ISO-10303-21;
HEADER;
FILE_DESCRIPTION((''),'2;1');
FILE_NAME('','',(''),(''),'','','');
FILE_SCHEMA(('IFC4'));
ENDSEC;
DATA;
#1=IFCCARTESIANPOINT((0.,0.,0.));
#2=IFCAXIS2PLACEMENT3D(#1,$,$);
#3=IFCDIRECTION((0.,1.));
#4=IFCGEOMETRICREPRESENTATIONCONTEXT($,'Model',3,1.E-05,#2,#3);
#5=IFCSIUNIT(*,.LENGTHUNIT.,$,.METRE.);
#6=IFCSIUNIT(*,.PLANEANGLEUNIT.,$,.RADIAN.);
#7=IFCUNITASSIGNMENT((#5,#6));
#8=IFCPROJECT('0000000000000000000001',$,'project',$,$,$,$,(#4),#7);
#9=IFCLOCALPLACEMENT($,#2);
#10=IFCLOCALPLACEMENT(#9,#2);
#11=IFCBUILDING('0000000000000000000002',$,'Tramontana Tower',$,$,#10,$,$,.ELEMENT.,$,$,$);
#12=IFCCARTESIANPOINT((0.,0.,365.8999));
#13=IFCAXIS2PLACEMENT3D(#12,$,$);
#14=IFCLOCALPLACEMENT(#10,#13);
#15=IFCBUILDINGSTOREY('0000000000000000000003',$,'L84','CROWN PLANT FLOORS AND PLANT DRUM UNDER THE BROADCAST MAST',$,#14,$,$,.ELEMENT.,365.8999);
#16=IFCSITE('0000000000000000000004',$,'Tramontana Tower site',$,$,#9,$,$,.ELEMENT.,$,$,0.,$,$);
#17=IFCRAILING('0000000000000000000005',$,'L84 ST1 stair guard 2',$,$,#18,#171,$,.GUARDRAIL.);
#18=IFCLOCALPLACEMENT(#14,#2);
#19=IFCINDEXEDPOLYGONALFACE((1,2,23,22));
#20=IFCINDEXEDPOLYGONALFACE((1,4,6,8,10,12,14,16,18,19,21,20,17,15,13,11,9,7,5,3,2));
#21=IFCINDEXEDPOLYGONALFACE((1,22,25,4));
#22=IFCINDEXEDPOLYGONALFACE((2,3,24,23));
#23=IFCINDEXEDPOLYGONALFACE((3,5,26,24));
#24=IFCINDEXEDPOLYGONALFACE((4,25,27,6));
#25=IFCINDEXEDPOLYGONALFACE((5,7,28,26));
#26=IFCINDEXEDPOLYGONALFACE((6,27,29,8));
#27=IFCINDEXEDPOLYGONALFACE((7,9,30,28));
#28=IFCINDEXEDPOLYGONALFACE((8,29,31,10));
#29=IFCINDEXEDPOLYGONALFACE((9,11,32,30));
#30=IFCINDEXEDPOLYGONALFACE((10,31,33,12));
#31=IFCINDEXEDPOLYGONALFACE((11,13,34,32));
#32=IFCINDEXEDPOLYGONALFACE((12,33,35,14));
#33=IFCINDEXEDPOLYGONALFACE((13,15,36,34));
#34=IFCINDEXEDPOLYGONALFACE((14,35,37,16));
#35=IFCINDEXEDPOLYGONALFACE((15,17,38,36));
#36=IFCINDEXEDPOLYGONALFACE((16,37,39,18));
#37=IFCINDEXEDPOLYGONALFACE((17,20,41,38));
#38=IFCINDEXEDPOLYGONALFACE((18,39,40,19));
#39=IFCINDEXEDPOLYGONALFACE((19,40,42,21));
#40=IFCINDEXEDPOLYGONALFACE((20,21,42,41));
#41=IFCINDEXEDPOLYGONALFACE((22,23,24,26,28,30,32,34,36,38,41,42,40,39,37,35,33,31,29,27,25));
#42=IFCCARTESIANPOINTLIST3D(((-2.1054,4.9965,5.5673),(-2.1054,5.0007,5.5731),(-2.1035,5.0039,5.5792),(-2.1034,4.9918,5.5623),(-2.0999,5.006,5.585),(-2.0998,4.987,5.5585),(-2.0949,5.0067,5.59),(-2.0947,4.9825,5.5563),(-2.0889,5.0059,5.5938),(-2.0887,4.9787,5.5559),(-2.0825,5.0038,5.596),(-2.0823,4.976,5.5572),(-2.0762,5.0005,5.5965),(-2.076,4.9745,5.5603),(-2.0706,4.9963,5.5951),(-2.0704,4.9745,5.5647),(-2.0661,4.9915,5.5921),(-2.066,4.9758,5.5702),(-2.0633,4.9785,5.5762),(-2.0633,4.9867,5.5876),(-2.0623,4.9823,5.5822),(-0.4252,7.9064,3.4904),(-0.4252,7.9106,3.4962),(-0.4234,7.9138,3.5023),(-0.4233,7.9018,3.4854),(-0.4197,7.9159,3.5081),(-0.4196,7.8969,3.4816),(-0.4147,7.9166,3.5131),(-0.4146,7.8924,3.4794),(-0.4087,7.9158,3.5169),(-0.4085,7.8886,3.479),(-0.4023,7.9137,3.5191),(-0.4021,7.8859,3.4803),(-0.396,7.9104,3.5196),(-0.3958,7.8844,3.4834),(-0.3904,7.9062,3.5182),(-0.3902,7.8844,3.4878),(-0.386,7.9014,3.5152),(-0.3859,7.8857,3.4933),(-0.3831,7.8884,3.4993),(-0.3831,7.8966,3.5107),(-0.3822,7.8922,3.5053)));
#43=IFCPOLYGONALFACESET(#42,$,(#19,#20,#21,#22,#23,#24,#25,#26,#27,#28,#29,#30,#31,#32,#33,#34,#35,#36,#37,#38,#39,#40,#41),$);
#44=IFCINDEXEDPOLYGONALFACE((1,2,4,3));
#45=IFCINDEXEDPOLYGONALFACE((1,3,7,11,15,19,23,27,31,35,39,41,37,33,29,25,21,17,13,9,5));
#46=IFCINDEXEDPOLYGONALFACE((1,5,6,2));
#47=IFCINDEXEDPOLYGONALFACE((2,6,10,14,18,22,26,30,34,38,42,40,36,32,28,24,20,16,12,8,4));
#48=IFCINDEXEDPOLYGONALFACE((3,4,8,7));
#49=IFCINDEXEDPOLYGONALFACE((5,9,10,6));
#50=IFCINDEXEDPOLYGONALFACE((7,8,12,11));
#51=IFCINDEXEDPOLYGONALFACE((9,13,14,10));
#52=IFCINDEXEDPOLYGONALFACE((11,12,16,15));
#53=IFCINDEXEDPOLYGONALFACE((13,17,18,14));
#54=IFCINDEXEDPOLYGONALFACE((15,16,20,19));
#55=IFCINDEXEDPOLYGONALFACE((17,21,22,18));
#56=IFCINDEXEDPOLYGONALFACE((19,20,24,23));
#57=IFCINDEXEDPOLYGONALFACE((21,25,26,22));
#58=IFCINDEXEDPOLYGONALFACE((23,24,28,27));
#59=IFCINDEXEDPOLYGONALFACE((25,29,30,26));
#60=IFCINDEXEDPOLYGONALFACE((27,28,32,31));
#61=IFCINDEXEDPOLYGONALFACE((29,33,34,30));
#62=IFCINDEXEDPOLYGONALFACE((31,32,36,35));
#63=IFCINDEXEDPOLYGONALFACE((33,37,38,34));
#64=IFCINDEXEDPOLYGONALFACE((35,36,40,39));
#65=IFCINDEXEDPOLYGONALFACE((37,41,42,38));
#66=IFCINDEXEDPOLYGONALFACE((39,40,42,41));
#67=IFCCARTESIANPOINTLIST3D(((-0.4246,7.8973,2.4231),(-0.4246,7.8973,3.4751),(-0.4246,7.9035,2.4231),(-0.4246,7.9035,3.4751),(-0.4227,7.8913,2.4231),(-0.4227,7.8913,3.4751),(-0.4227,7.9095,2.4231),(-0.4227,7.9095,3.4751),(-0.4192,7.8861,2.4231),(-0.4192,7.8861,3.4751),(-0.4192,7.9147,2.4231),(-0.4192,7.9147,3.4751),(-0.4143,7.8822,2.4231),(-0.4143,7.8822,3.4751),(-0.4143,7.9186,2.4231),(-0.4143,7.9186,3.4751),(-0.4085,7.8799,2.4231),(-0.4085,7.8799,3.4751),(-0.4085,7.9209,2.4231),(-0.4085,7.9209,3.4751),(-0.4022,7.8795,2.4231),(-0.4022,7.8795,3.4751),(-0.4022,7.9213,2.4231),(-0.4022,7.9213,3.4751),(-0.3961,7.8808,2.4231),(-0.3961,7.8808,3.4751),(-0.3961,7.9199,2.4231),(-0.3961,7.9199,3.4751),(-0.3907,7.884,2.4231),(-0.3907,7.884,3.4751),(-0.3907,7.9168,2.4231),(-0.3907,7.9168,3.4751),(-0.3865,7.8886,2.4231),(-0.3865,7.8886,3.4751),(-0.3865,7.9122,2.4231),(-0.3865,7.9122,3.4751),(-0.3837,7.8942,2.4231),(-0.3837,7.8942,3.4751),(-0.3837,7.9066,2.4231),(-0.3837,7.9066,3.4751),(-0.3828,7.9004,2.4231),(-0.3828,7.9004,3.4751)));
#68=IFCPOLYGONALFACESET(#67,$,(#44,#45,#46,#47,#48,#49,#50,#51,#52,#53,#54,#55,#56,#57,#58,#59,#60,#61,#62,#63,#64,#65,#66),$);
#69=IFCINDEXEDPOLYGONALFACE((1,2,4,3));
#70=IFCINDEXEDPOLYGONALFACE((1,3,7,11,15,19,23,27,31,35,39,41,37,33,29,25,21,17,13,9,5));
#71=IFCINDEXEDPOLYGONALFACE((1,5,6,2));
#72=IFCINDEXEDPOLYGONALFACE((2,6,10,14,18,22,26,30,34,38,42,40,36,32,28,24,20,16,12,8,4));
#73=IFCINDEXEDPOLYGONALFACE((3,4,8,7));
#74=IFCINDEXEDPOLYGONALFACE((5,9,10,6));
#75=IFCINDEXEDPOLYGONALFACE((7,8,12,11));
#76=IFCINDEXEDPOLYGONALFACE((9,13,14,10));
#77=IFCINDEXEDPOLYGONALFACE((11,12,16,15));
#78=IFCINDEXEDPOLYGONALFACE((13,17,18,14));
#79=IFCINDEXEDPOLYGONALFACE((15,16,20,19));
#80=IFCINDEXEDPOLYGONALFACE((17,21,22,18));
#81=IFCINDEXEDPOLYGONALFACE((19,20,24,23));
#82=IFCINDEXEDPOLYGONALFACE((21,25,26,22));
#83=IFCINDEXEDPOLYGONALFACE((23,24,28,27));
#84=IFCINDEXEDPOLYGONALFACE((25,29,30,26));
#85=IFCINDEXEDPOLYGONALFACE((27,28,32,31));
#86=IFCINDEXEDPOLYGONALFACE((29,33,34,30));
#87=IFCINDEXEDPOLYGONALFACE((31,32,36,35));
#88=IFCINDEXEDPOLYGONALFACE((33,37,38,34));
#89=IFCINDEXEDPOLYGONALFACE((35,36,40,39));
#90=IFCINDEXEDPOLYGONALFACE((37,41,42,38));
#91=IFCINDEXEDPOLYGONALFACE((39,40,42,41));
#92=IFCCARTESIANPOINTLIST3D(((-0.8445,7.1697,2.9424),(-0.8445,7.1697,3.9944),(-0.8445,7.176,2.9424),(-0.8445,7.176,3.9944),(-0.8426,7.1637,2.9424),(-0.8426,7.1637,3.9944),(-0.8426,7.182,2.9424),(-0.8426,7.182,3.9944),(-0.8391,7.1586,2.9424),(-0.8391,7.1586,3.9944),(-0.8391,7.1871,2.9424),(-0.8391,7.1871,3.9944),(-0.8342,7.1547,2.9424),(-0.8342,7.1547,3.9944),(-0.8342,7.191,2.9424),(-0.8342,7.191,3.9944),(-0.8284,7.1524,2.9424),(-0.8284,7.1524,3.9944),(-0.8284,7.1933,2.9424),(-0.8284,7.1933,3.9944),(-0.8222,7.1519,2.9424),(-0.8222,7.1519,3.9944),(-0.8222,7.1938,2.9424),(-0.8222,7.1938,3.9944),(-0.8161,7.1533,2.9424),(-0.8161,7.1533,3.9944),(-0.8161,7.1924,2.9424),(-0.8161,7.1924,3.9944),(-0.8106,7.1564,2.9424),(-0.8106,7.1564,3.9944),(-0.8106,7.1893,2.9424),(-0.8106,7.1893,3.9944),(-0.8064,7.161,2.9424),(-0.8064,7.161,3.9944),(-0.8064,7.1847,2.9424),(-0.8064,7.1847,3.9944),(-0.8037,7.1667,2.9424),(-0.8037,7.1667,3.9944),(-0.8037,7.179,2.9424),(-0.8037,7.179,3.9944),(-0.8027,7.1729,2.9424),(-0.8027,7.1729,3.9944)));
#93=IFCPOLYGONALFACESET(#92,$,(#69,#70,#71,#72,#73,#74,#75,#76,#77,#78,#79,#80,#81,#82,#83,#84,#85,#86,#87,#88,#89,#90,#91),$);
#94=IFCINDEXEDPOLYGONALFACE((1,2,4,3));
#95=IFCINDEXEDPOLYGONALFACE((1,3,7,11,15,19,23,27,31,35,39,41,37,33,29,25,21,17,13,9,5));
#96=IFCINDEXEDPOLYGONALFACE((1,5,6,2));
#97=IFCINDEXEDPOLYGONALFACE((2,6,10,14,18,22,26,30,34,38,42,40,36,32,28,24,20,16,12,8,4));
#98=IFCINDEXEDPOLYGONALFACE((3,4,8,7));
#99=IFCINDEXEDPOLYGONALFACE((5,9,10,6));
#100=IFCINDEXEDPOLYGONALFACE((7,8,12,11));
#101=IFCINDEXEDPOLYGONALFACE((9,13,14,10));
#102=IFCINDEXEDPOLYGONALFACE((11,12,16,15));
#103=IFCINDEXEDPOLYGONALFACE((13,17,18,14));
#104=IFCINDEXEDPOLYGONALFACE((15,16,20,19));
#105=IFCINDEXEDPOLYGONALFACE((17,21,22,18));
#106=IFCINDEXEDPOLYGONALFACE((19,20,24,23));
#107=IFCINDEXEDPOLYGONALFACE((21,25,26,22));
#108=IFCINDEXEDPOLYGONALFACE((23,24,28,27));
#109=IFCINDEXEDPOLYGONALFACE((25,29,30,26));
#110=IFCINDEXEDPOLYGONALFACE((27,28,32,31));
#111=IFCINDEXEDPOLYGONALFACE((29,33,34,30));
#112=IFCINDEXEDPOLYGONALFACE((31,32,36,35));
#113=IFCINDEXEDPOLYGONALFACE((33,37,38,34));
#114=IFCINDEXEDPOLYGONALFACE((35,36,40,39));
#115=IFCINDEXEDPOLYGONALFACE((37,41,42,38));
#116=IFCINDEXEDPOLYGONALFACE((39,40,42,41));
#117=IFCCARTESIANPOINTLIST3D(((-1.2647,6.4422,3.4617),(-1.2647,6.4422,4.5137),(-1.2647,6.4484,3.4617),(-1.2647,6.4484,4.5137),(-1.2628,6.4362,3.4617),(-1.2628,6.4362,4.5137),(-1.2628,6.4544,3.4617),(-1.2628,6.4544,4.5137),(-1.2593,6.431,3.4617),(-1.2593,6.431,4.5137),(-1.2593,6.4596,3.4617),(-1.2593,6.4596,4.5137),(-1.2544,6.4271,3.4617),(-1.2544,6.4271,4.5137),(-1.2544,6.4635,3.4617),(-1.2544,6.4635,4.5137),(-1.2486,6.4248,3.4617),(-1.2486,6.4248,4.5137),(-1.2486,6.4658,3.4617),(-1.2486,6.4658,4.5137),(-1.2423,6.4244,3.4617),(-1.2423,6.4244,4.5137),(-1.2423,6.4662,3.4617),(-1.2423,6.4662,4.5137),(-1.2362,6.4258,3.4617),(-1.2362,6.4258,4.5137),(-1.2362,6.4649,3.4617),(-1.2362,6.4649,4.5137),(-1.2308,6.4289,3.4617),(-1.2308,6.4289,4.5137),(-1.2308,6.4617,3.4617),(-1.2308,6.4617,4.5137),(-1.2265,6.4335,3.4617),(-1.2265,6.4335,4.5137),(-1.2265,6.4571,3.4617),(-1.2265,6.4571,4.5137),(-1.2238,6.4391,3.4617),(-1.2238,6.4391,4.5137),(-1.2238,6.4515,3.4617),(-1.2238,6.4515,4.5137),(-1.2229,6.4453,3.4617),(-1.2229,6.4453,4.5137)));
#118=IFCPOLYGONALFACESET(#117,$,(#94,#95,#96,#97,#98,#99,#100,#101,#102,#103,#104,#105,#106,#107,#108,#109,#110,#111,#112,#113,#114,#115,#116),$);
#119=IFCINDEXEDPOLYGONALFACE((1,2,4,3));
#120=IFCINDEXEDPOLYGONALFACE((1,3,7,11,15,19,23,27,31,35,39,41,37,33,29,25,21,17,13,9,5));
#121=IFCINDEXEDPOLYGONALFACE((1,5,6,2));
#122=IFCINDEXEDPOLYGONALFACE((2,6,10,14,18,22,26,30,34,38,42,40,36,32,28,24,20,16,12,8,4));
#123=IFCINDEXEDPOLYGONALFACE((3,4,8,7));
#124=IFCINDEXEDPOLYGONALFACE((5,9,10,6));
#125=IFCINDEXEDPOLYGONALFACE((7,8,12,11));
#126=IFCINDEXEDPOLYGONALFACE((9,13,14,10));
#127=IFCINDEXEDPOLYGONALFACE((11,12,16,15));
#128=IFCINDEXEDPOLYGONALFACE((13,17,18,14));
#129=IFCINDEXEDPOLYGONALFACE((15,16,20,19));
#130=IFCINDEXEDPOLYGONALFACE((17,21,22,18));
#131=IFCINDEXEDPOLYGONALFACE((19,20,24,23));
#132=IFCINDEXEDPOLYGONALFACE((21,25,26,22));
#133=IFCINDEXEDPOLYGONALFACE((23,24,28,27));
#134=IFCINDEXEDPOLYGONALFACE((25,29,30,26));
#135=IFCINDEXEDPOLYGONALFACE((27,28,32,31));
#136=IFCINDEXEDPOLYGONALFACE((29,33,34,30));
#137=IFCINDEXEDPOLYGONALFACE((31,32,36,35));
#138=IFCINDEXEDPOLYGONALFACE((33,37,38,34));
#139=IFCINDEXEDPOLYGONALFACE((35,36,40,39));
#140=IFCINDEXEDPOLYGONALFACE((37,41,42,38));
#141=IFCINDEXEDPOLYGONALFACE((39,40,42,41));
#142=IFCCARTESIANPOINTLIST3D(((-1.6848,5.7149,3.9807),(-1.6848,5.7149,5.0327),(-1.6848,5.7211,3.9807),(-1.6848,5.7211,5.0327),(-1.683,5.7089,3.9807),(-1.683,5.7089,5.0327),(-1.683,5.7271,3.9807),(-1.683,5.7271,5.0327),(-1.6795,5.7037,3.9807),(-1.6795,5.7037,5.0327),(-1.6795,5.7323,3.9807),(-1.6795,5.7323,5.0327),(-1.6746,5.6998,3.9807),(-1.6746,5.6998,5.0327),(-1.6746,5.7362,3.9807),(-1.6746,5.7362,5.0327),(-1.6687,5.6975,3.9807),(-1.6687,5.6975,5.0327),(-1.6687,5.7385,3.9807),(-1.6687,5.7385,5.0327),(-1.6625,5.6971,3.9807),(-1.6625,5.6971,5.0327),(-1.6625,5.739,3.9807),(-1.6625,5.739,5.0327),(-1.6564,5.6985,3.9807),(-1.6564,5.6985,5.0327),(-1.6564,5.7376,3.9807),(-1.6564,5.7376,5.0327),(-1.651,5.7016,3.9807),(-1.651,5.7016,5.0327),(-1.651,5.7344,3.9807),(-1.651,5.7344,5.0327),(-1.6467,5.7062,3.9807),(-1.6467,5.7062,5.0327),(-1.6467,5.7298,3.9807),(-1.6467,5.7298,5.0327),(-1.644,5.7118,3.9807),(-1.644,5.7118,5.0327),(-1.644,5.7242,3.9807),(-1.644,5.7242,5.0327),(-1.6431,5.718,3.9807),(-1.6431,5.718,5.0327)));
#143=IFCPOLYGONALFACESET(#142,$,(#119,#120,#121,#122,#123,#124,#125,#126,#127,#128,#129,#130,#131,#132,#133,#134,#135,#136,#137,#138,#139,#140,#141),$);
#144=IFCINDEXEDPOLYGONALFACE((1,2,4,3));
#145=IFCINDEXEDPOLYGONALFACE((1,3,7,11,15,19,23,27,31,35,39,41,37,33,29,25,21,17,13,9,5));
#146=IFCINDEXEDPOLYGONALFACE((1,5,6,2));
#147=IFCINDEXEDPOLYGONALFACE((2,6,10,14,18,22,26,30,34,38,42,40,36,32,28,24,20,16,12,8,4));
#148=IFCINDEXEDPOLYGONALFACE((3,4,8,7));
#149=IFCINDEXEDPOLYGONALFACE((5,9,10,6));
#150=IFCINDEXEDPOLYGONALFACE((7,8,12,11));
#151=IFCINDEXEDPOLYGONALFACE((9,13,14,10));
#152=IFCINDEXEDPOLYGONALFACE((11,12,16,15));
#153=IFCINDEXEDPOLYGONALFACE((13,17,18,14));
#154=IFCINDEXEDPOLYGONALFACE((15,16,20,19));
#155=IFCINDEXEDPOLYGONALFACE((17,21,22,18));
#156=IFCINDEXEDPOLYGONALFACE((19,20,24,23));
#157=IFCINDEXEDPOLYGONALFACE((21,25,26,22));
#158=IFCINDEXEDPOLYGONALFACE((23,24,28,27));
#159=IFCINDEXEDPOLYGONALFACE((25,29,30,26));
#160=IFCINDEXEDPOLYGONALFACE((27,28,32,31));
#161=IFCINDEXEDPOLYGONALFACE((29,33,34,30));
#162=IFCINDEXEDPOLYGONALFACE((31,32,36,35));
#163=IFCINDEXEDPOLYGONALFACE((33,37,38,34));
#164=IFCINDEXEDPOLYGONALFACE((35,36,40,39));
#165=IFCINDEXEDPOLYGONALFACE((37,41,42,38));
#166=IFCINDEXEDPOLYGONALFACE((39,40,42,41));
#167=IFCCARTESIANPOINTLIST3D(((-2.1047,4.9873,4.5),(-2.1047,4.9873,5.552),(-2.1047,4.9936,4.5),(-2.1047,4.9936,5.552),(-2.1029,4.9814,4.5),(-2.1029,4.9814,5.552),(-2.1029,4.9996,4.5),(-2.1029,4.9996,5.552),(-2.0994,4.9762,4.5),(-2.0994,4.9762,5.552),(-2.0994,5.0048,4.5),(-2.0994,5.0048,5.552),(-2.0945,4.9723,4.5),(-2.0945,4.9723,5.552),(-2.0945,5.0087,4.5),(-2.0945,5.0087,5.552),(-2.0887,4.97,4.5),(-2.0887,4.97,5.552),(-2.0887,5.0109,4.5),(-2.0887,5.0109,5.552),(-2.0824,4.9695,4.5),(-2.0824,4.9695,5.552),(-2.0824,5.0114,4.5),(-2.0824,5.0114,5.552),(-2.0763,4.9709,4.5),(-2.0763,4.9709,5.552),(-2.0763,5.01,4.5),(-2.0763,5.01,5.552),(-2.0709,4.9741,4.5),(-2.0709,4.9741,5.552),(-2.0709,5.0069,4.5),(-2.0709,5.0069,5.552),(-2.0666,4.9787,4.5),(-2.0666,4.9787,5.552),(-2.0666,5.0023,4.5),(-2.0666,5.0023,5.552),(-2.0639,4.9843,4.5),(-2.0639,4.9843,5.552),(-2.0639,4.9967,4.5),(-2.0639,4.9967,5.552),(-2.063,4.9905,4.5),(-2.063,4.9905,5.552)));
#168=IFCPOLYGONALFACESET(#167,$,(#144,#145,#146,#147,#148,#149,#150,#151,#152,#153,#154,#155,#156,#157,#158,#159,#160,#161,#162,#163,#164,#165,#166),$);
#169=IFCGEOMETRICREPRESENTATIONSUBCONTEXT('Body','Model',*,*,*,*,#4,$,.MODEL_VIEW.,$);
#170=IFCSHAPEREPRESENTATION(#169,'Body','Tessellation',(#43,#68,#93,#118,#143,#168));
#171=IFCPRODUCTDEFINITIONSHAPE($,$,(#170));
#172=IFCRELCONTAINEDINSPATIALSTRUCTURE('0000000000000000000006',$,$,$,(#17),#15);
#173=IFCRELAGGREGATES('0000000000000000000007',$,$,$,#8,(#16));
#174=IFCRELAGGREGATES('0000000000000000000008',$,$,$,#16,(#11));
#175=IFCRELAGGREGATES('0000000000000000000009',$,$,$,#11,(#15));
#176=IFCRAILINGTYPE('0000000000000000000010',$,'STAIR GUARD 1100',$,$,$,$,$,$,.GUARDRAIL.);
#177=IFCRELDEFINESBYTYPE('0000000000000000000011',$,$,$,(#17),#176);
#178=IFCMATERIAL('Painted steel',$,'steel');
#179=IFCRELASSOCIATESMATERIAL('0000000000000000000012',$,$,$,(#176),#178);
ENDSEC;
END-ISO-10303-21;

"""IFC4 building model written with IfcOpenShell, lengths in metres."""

from ifc_helpers import new_model, si_unit, direction, frame, origin, origin_2d, place, context, subcontext, project, spatial, circle, extrude, material, type_object, element, save


model = new_model("IFC4")

# Units and contexts
model_context = context("Model", 3, precision=1e-05, world=origin(), true_north=direction((0.0, 1.0)))
body_context = subcontext(model_context, "Body", "Model", "MODEL_VIEW")
ifc_project = project(units=[si_unit("LENGTHUNIT", "METRE"), si_unit("PLANEANGLEUNIT", "RADIAN")], contexts=[model_context])

# Site, building, storey
site_placement = place(None, origin())
site = spatial("IfcSite", under=ifc_project, at=site_placement, Name="Tramontana Tower site", CompositionType="ELEMENT", RefElevation=0.0)
building_placement = place(site_placement, origin())
building = spatial("IfcBuilding", under=site, at=building_placement, Name="Tramontana Tower", CompositionType="ELEMENT")
storey_placement = place(building_placement, frame((0.0, 0.0, 365.8999)))
storey = spatial("IfcBuildingStorey", under=building, at=storey_placement, Name="L84", Description="CROWN PLANT FLOORS AND PLANT DRUM UNDER THE BROADCAST MAST", CompositionType="ELEMENT", Elevation=365.8999)

# Railing
ifc_material_1 = material(Name="Painted steel", Category="steel")
railing_type_1 = type_object("IfcRailingType", Name="STAIR GUARD 1100", PredefinedType="GUARDRAIL", material=ifc_material_1)
railing_1_placement = place(storey_placement, frame((-0.4038, 7.9004, 2.4231)))
element("IfcRailing", 1, at=railing_1_placement, inside=storey, type_object=railing_type_1, Name="L84 ST1 stair guard 2", PredefinedType="GUARDRAIL", context=body_context, shape_type="SweptSolid", body=[
    extrude(circle(Radius=0.0239, at=origin_2d()), frame((0.0, 0.0, 1.0762), z_axis=(-0.425339, -0.736649, 0.525771), x_axis=(0.866008, -0.500031, 0.0)), (0.0, 0.0, 1.0), 3.9502),
    extrude(circle(Radius=0.021, at=origin_2d()), origin(), (0.0, 0.0, 1.0), 1.052),
    extrude(circle(Radius=0.021, at=origin_2d()), frame((-0.4199, -0.7275, 0.5193)), (0.0, 0.0, 1.0), 1.052),
    extrude(circle(Radius=0.021, at=origin_2d()), frame((-0.8401, -1.4551, 1.0386)), (0.0, 0.0, 1.0), 1.052),
    extrude(circle(Radius=0.021, at=origin_2d()), frame((-1.2603, -2.1824, 1.5576)), (0.0, 0.0, 1.0), 1.052),
    extrude(circle(Radius=0.021, at=origin_2d()), frame((-1.6802, -2.9099, 2.0769)), (0.0, 0.0, 1.0), 1.052),
])

save(model, "model.ifc")
